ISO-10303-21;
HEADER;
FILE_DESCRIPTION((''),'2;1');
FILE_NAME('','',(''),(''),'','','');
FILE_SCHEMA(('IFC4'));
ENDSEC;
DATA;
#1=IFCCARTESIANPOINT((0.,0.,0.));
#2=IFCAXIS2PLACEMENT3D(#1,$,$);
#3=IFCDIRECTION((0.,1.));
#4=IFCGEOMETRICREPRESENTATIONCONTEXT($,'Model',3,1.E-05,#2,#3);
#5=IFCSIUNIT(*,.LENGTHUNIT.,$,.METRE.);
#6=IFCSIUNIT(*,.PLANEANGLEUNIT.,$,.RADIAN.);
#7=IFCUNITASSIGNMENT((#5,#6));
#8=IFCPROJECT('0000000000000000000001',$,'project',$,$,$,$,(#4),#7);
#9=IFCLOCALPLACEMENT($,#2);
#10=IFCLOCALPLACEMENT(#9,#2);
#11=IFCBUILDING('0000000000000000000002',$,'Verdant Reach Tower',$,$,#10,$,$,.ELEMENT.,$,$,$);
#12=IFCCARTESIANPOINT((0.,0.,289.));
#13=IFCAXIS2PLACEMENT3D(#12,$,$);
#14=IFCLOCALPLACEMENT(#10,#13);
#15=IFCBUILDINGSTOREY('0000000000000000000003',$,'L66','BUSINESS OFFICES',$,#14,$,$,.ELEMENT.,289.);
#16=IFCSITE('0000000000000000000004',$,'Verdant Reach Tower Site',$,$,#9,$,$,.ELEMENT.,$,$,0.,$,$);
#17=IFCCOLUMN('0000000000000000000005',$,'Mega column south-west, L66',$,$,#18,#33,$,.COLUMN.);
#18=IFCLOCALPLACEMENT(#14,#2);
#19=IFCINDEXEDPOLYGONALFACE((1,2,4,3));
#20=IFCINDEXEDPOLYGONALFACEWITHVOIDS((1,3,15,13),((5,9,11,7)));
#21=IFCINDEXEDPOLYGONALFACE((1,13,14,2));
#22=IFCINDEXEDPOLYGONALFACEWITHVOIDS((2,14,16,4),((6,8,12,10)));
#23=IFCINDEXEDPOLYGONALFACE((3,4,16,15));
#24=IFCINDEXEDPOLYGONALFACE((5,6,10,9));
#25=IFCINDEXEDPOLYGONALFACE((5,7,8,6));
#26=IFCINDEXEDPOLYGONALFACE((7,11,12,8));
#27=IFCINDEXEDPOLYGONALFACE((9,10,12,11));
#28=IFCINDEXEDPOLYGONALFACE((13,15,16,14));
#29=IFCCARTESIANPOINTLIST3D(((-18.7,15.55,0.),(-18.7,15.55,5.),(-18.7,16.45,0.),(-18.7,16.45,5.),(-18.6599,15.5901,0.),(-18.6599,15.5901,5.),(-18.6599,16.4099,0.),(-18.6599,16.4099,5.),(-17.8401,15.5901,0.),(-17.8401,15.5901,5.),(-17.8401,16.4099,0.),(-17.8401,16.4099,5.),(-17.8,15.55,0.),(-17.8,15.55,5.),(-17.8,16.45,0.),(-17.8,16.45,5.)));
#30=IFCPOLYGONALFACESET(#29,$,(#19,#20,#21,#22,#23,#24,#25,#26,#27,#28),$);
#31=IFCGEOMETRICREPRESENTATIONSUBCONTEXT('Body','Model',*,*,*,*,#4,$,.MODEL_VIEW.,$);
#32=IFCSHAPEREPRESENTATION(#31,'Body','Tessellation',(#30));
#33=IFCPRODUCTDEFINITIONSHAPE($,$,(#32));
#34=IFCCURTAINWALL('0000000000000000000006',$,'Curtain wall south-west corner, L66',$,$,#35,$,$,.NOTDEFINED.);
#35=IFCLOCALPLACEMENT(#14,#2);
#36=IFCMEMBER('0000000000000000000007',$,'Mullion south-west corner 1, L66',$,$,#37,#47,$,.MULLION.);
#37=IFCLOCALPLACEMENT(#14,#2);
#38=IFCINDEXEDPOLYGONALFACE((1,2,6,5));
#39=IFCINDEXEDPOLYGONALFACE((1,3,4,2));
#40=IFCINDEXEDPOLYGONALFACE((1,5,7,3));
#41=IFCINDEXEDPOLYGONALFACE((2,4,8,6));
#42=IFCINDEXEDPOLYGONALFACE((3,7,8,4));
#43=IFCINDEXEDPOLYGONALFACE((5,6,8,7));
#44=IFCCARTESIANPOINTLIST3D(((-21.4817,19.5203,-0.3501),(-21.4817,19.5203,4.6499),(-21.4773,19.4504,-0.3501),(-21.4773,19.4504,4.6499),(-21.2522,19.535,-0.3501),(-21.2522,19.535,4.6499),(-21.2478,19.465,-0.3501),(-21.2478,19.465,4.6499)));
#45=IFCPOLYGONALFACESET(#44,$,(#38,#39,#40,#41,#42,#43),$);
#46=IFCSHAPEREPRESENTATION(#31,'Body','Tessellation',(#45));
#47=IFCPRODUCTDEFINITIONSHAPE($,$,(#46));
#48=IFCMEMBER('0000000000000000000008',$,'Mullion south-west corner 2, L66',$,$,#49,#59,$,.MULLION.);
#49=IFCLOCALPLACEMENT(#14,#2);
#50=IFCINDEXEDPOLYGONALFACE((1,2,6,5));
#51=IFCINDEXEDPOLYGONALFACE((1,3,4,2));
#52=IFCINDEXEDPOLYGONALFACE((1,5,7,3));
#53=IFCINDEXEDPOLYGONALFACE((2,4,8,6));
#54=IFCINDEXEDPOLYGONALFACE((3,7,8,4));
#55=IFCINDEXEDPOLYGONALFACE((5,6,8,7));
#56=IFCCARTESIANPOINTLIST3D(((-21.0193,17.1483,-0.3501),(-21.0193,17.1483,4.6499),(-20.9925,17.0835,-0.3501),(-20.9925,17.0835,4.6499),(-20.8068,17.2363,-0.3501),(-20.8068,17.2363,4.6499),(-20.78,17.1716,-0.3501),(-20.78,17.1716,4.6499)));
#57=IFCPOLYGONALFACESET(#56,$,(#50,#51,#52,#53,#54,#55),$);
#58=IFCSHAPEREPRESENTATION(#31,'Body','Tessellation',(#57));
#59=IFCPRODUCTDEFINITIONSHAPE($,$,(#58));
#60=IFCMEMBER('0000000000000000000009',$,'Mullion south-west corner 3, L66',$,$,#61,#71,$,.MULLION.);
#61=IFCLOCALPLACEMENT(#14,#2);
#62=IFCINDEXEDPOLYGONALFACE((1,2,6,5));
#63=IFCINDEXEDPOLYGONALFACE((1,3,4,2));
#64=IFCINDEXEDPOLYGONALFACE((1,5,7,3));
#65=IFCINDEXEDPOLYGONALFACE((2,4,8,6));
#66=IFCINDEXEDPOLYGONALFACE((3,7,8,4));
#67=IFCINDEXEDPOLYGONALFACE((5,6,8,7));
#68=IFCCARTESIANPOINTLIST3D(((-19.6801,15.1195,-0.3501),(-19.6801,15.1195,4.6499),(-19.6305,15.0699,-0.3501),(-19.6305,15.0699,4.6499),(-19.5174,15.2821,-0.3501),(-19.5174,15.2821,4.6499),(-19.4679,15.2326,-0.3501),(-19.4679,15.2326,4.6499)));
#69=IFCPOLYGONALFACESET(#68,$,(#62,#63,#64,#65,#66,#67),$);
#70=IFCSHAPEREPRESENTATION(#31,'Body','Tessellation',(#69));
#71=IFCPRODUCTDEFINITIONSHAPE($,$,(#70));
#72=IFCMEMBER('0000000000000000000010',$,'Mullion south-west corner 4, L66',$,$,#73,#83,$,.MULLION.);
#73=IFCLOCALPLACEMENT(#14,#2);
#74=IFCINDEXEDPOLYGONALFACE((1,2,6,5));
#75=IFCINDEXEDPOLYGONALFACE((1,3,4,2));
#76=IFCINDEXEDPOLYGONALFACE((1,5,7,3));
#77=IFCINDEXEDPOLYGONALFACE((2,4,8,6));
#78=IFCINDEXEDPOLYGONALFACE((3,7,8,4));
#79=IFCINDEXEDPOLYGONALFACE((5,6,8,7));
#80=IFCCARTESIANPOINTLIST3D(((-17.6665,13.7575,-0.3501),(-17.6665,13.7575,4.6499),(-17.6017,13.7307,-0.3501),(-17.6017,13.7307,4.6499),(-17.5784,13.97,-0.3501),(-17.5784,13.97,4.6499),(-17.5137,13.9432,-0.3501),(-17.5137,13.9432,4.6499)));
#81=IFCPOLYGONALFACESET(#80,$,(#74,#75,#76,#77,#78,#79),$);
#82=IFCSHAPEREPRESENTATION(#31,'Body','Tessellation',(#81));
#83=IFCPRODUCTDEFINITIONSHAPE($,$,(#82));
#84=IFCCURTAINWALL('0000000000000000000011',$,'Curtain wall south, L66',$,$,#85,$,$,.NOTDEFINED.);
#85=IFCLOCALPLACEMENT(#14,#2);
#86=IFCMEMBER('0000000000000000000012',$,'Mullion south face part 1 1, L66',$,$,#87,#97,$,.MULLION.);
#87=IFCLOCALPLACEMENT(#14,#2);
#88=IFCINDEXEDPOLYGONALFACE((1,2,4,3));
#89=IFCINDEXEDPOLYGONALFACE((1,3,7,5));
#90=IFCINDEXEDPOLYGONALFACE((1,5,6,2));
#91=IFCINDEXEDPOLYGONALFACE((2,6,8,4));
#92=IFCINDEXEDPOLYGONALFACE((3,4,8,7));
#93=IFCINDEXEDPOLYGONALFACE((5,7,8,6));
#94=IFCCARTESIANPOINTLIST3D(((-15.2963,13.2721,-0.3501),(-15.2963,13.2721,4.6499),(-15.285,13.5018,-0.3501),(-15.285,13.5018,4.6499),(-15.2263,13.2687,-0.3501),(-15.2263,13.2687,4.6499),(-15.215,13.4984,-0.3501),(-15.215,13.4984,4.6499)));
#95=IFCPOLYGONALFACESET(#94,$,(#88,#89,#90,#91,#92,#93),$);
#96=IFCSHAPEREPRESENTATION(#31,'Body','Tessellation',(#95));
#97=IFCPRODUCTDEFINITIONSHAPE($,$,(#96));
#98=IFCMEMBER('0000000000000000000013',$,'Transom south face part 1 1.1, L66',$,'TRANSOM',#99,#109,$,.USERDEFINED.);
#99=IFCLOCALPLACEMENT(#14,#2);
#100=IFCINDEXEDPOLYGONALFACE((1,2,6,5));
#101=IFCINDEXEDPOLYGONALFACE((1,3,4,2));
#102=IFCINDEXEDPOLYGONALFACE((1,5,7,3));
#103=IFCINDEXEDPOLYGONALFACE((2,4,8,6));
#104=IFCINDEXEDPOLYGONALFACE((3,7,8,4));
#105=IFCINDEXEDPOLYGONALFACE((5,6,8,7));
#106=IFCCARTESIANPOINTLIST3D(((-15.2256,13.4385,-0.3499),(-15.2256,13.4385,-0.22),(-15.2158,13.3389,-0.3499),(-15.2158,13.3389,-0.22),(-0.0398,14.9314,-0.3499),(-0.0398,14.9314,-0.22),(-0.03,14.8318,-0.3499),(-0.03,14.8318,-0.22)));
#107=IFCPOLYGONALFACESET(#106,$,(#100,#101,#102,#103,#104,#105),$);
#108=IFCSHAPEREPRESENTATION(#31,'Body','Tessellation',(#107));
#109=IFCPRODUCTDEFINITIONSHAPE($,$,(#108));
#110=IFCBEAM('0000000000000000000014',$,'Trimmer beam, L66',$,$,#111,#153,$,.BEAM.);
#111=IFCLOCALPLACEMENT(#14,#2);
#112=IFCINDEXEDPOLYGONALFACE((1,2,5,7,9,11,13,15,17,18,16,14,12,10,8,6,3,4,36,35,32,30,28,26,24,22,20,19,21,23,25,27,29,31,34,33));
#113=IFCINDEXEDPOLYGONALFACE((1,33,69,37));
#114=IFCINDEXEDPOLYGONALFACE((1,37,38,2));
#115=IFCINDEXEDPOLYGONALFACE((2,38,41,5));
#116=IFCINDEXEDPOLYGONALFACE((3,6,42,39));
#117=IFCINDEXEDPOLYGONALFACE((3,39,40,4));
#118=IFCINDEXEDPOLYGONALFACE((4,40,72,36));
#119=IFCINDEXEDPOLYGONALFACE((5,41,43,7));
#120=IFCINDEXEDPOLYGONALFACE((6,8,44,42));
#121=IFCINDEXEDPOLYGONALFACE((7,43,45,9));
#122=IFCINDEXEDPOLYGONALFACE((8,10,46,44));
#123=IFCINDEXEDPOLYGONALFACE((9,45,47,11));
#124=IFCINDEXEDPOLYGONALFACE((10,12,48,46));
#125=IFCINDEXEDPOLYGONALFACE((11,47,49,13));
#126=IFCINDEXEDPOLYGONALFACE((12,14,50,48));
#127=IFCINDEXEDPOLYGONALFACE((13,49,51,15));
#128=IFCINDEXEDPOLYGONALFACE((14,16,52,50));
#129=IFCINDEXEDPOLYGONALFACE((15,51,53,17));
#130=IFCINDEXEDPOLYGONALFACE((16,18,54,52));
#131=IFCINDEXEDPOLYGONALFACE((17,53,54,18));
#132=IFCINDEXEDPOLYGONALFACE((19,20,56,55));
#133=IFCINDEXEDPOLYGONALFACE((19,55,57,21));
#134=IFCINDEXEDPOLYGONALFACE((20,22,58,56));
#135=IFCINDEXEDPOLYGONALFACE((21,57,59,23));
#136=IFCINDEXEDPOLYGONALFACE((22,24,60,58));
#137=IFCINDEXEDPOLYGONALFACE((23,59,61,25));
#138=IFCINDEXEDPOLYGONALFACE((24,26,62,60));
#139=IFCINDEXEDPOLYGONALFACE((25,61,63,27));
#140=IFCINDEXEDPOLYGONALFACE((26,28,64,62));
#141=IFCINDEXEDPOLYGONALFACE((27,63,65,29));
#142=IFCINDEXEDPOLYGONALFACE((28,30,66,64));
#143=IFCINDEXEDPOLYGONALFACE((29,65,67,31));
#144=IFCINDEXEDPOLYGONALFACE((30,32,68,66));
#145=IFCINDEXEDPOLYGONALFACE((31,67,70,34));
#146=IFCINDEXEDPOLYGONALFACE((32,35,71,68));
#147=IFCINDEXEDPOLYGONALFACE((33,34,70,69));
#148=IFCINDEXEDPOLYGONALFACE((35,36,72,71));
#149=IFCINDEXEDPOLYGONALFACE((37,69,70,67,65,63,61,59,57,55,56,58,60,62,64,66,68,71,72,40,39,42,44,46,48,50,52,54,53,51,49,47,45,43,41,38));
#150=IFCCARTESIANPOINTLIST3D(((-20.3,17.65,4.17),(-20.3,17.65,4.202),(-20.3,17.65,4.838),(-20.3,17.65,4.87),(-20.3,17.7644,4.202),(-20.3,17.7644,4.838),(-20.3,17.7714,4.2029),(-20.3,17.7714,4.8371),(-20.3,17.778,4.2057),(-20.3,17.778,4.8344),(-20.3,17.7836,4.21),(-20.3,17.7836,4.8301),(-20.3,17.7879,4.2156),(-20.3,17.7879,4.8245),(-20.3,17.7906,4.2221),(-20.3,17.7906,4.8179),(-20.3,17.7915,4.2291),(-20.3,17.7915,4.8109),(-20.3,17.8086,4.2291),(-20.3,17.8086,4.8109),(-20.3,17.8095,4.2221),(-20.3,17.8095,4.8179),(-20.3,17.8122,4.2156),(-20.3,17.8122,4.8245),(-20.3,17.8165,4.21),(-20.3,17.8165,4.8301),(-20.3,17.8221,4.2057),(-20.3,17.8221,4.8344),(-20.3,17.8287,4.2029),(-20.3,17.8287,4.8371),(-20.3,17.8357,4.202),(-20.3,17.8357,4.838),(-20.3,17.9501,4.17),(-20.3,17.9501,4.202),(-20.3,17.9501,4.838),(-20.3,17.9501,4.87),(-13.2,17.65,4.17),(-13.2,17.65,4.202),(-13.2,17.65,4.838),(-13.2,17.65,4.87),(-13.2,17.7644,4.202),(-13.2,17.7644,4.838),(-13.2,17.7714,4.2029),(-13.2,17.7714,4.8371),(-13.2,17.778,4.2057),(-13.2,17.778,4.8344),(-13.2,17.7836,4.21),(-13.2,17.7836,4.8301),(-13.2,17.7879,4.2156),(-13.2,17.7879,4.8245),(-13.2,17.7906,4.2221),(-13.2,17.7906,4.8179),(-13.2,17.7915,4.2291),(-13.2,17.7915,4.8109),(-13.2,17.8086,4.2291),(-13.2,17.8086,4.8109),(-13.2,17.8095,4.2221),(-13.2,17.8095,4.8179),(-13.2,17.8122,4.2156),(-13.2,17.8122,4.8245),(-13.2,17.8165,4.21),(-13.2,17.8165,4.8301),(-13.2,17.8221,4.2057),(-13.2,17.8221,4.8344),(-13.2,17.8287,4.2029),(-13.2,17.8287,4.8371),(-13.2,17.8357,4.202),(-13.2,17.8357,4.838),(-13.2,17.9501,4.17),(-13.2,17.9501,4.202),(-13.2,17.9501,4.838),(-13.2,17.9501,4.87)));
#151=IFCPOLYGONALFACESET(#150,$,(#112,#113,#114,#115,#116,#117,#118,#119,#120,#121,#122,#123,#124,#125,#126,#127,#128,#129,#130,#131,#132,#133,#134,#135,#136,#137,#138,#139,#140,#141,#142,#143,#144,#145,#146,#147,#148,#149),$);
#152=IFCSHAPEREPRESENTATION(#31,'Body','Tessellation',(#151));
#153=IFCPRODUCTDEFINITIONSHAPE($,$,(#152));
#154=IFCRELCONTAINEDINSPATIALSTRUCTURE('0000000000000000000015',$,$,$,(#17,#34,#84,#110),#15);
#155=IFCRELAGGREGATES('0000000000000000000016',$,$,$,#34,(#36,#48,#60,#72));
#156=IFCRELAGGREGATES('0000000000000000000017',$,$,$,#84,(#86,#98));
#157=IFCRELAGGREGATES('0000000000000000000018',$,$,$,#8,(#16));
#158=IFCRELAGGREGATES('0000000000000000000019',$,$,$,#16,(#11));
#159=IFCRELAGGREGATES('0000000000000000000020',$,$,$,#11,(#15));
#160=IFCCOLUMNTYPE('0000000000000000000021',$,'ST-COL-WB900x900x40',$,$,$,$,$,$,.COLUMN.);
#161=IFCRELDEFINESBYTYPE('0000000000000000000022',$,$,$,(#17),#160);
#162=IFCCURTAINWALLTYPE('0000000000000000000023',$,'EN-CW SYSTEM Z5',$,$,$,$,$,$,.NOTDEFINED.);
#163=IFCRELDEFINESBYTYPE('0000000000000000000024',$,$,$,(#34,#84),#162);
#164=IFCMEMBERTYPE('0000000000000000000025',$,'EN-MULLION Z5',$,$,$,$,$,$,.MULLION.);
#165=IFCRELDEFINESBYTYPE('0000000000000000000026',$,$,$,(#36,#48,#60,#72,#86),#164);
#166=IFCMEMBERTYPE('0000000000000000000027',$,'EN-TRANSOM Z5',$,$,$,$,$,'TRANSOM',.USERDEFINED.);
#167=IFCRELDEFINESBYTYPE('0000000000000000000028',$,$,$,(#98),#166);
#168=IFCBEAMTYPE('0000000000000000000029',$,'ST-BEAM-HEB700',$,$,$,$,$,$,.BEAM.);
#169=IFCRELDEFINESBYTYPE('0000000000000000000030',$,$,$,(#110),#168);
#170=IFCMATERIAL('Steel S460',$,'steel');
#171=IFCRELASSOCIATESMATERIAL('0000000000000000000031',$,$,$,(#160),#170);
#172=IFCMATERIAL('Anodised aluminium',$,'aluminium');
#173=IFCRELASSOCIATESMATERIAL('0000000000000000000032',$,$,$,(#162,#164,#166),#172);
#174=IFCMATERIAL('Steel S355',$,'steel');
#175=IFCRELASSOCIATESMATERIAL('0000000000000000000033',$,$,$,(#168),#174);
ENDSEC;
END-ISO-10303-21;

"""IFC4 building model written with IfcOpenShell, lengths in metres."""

from ifc_helpers import new_model, si_unit, direction, frame, origin, origin_2d, place, context, subcontext, project, spatial, rectangle, hollow_rectangle, i_section, extrude, material, material_profile, profile_set, type_object, element, aggregate, save


model = new_model("IFC4")

# Units and contexts
model_context = context("Model", 3, precision=1e-05, world=origin(), true_north=direction((0.0, 1.0)))
body_context = subcontext(model_context, "Body", "Model", "MODEL_VIEW")
ifc_project = project(units=[si_unit("LENGTHUNIT", "METRE"), si_unit("PLANEANGLEUNIT", "RADIAN")], contexts=[model_context])

# Site, building, storey
site_placement = place(None, origin())
site = spatial("IfcSite", under=ifc_project, at=site_placement, Name="Verdant Reach Tower Site", CompositionType="ELEMENT", RefElevation=0.0)
building_placement = place(site_placement, origin())
building = spatial("IfcBuilding", under=site, at=building_placement, Name="Verdant Reach Tower", CompositionType="ELEMENT")
storey_placement = place(building_placement, frame((0.0, 0.0, 289.0)))
storey = spatial("IfcBuildingStorey", under=building, at=storey_placement, Name="L66", Description="BUSINESS OFFICES", CompositionType="ELEMENT", Elevation=289.0)

# Column
ifc_material_1 = material(Name="Steel S460", Category="steel")
ifc_material_profile_1 = material_profile(ifc_material_1, hollow_rectangle(XDim=0.8999, YDim=0.8999, WallThickness=0.04, at=origin_2d()), Name="WB 900x900x40")
ifc_profile_set_1 = profile_set([ifc_material_profile_1], Name="Steel S460")
column_type = type_object("IfcColumnType", Name="ST-COL-WB900x900x40", PredefinedType="COLUMN", material=ifc_profile_set_1)
column_placement = place(storey_placement, frame((-18.25, 16.0, 0.0), z_axis=(0.0, 0.0, 1.0), x_axis=(1.0, 0.0, 0.0)))
element("IfcColumn", 1, at=column_placement, inside=storey, type_object=column_type, Name="Mega column south-west, L66", PredefinedType="COLUMN", context=body_context, shape_type="SweptSolid", body=[
    extrude(hollow_rectangle(XDim=0.8999, YDim=0.8999, WallThickness=0.04, at=origin_2d()), origin(), (0.0, 0.0, 1.0), 5.0),
])

# Curtain walls, members
ifc_material_2 = material(Name="Anodised aluminium", Category="aluminium")
curtain_wall_type = type_object("IfcCurtainWallType", Name="EN-CW SYSTEM Z5", PredefinedType="NOTDEFINED", material=ifc_material_2)
curtain_wall_1_placement = place(storey_placement, origin())
curtain_wall_1 = element("IfcCurtainWall", 2, at=curtain_wall_1_placement, inside=storey, type_object=curtain_wall_type, Name="Curtain wall south-west corner, L66", PredefinedType="NOTDEFINED")
ifc_material_profile_2 = material_profile(ifc_material_2, rectangle(XDim=0.23, YDim=0.0701, at=origin_2d()), Name="Mullion 70x230")
ifc_profile_set_2 = profile_set([ifc_material_profile_2], Name="Anodised aluminium")
member_type_1 = type_object("IfcMemberType", Name="EN-MULLION Z5", PredefinedType="MULLION", material=ifc_profile_set_2)
member_1_placement = place(storey_placement, frame((-21.3647, 19.4927, -0.3501), z_axis=(0.0, 0.0, 1.0), x_axis=(-0.997969, -0.063699, 0.0)))
member_1 = element("IfcMember", 3, at=member_1_placement, type_object=member_type_1, Name="Mullion south-west corner 1, L66", PredefinedType="MULLION", context=body_context, shape_type="SweptSolid", body=[
    extrude(rectangle(XDim=0.23, YDim=0.0701, at=origin_2d()), origin(), (0.0, 0.0, 1.0), 5.0),
])
member_2_placement = place(storey_placement, frame((-20.8997, 17.1599, -0.3501), z_axis=(0.0, 0.0, 1.0), x_axis=(-0.923875, -0.382694, 0.0)))
member_2 = element("IfcMember", 4, at=member_2_placement, type_object=member_type_1, Name="Mullion south-west corner 2, L66", PredefinedType="MULLION", context=body_context, shape_type="SweptSolid", body=[
    extrude(rectangle(XDim=0.23, YDim=0.0701, at=origin_2d()), origin(), (0.0, 0.0, 1.0), 5.0),
])
member_3_placement = place(storey_placement, frame((-19.574, 15.176, -0.3501), z_axis=(0.0, 0.0, 1.0), x_axis=(-0.707107, -0.707107, 0.0)))
member_3 = element("IfcMember", 5, at=member_3_placement, type_object=member_type_1, Name="Mullion south-west corner 3, L66", PredefinedType="MULLION", context=body_context, shape_type="SweptSolid", body=[
    extrude(rectangle(XDim=0.23, YDim=0.0701, at=origin_2d()), origin(), (0.0, 0.0, 1.0), 5.0),
])
member_4_placement = place(storey_placement, frame((-17.5901, 13.8503, -0.3501), z_axis=(0.0, 0.0, 1.0), x_axis=(-0.382694, -0.923875, 0.0)))
member_4 = element("IfcMember", 6, at=member_4_placement, type_object=member_type_1, Name="Mullion south-west corner 4, L66", PredefinedType="MULLION", context=body_context, shape_type="SweptSolid", body=[
    extrude(rectangle(XDim=0.23, YDim=0.0701, at=origin_2d()), origin(), (0.0, 0.0, 1.0), 5.0),
])
curtain_wall_2_placement = place(storey_placement, origin())
curtain_wall_2 = element("IfcCurtainWall", 7, at=curtain_wall_2_placement, inside=storey, type_object=curtain_wall_type, Name="Curtain wall south, L66", PredefinedType="NOTDEFINED")
member_5_placement = place(storey_placement, frame((-15.2556, 13.3853, -0.3501), z_axis=(0.0, 0.0, 1.0), x_axis=(-0.049128, -0.998793, 0.0)))
member_5 = element("IfcMember", 8, at=member_5_placement, type_object=member_type_1, Name="Mullion south face part 1 1, L66", PredefinedType="MULLION", context=body_context, shape_type="SweptSolid", body=[
    extrude(rectangle(XDim=0.23, YDim=0.0701, at=origin_2d()), origin(), (0.0, 0.0, 1.0), 5.0),
])
ifc_material_profile_3 = material_profile(ifc_material_2, rectangle(XDim=0.1001, YDim=0.1299, at=origin_2d()), Name="Transom 130x100")
ifc_profile_set_3 = profile_set([ifc_material_profile_3], Name="Anodised aluminium")
member_type_2 = type_object("IfcMemberType", Name="EN-TRANSOM Z5", ElementType="TRANSOM", PredefinedType="USERDEFINED", material=ifc_profile_set_3)
member_6_placement = place(storey_placement, frame((-15.2207, 13.3887, -0.2849), z_axis=(0.995202, 0.097839, 0.0), x_axis=(-0.097839, 0.995202, 0.0)))
member_6 = element("IfcMember", 9, at=member_6_placement, type_object=member_type_2, Name="Transom south face part 1 1.1, L66", ObjectType="TRANSOM", PredefinedType="USERDEFINED", context=body_context, shape_type="SweptSolid", body=[
    extrude(rectangle(XDim=0.1001, YDim=0.1299, at=origin_2d()), origin(), (0.0, 0.0, 1.0), 15.259),
])

# Beam
ifc_material_3 = material(Name="Steel S355", Category="steel")
ifc_material_profile_4 = material_profile(ifc_material_3, i_section(OverallWidth=0.3, OverallDepth=0.7, WebThickness=0.0171, FlangeThickness=0.032, FilletRadius=0.0271, at=origin_2d()), Name="HEB 700")
ifc_profile_set_4 = profile_set([ifc_material_profile_4], Name="Steel S355")
beam_type_1 = type_object("IfcBeamType", Name="ST-BEAM-HEB700", PredefinedType="BEAM", material=ifc_profile_set_4)
beam_1_placement = place(storey_placement, frame((-13.2, 17.8, 4.52), z_axis=(-1.0, 0.0, 0.0), x_axis=(0.0, -1.0, 0.0)))
element("IfcBeam", 10, at=beam_1_placement, inside=storey, type_object=beam_type_1, Name="Trimmer beam, L66", PredefinedType="BEAM", context=body_context, shape_type="SweptSolid", body=[
    extrude(i_section(OverallWidth=0.3, OverallDepth=0.7, WebThickness=0.0171, FlangeThickness=0.032, FilletRadius=0.0271, at=origin_2d()), origin(), (0.0, 0.0, 1.0), 7.1001),
])

aggregate(curtain_wall_1, [member_1, member_2, member_3, member_4])
aggregate(curtain_wall_2, [member_5, member_6])

save(model, "model.ifc")
